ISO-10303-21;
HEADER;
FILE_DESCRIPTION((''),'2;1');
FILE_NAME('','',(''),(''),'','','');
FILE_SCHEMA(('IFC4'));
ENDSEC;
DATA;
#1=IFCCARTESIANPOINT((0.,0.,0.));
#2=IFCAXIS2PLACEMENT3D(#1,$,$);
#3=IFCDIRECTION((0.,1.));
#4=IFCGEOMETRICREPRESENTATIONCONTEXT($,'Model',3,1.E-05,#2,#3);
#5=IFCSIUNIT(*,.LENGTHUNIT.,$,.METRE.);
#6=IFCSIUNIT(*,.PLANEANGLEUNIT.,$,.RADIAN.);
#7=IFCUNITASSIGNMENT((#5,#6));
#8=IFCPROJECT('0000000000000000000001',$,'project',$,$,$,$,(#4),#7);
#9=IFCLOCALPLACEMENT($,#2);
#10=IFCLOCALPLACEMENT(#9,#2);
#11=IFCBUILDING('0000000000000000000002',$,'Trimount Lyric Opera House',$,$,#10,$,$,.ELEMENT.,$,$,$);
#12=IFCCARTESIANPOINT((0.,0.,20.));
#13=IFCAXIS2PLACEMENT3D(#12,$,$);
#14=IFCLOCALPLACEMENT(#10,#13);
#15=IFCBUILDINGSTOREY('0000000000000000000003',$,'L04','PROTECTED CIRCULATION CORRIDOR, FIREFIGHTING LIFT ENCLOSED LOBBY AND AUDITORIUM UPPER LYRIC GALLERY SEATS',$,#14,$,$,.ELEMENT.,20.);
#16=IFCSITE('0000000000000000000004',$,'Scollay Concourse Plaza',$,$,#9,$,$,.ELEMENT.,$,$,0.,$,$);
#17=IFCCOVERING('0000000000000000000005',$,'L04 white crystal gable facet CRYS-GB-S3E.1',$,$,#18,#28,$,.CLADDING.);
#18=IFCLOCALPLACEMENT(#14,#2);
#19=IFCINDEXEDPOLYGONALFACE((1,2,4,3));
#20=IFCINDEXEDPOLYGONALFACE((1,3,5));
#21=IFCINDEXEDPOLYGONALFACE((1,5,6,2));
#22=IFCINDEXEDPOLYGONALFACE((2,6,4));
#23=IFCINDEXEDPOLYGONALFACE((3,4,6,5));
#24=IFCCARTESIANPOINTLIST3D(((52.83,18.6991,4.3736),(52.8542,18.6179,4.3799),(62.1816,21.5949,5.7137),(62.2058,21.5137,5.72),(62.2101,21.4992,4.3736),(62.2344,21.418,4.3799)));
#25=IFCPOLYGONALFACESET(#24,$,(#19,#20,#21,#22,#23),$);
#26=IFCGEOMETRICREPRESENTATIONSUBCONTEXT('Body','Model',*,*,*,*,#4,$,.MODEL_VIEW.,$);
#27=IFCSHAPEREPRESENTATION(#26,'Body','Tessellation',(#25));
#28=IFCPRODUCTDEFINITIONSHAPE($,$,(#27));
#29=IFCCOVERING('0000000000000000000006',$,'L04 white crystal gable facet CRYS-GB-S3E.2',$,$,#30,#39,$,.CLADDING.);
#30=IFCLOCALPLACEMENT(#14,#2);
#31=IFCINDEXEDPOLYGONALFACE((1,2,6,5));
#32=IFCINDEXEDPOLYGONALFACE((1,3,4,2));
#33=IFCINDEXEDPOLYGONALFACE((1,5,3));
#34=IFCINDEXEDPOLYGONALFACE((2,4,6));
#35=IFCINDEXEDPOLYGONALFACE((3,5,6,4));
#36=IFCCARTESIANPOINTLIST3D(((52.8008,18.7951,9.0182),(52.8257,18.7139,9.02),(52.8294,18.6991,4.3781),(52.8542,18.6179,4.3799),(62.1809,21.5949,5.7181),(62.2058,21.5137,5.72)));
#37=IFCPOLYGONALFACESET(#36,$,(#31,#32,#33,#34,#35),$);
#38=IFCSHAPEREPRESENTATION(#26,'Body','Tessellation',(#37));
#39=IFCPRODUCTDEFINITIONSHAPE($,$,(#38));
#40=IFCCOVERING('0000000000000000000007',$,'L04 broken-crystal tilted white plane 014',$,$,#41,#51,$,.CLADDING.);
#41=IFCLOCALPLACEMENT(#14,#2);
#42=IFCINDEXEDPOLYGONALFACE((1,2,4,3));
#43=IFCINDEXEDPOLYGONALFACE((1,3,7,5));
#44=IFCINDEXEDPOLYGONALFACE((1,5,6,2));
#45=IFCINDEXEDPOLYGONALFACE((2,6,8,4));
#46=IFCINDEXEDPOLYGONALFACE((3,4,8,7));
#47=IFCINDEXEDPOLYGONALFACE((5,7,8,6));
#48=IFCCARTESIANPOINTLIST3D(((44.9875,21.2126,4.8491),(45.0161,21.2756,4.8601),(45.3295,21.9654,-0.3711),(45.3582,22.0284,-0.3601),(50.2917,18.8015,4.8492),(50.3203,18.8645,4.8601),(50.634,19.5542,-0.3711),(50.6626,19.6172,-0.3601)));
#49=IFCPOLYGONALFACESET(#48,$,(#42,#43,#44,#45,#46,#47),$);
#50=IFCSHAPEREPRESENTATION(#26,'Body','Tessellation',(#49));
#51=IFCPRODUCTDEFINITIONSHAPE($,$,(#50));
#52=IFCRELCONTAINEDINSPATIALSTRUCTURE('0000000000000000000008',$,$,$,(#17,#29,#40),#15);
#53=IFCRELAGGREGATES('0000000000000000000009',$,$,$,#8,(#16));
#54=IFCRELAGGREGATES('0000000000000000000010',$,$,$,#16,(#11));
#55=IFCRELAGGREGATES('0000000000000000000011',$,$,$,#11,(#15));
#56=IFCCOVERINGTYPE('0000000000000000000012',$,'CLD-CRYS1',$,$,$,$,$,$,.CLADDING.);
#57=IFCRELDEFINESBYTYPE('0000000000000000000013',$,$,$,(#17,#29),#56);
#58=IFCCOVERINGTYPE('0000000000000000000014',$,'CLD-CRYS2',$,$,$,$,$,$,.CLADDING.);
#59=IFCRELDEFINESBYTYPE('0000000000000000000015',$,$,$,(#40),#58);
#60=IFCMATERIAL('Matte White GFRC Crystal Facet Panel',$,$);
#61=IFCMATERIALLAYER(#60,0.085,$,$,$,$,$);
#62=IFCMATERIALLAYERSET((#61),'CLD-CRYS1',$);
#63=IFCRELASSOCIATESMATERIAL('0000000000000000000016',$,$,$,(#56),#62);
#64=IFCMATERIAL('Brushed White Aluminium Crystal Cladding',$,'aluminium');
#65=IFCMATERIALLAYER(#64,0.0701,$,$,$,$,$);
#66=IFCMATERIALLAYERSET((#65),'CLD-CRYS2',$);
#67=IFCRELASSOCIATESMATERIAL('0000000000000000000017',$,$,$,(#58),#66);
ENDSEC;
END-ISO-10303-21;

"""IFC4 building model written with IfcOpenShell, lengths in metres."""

from ifc_helpers import new_model, si_unit, direction, frame, origin, place, context, subcontext, project, spatial, polyline, outline, extrude, material, layer, layer_set, type_object, element, save


model = new_model("IFC4")

# Units and contexts
model_context = context("Model", 3, precision=1e-05, world=origin(), true_north=direction((0.0, 1.0)))
body_context = subcontext(model_context, "Body", "Model", "MODEL_VIEW")
ifc_project = project(units=[si_unit("LENGTHUNIT", "METRE"), si_unit("PLANEANGLEUNIT", "RADIAN")], contexts=[model_context])

# Site, building, storey
site_placement = place(None, origin())
site = spatial("IfcSite", under=ifc_project, at=site_placement, Name="Scollay Concourse Plaza", CompositionType="ELEMENT", RefElevation=0.0)
building_placement = place(site_placement, origin())
building = spatial("IfcBuilding", under=site, at=building_placement, Name="Trimount Lyric Opera House", CompositionType="ELEMENT")
storey_placement = place(building_placement, frame((0.0, 0.0, 20.0)))
storey = spatial("IfcBuildingStorey", under=building, at=storey_placement, Name="L04", Description="PROTECTED CIRCULATION CORRIDOR, FIREFIGHTING LIFT ENCLOSED LOBBY AND AUDITORIUM UPPER LYRIC GALLERY SEATS", CompositionType="ELEMENT", Elevation=20.0)

# Coverings
ifc_material_1 = material(Name="Matte White GFRC Crystal Facet Panel")
ifc_layer_1 = layer(ifc_material_1, 0.085)
ifc_layer_set_1 = layer_set([ifc_layer_1], Name="CLD-CRYS1")
covering_type_1 = type_object("IfcCoveringType", Name="CLD-CRYS1", PredefinedType="CLADDING", material=ifc_layer_set_1)
covering_1_placement = place(storey_placement, frame((52.8542, 18.6179, 4.3799), z_axis=(0.285245, -0.955569, 0.074323), x_axis=(0.958219, 0.286037, 0.0)))
element("IfcCovering", 1, at=covering_1_placement, inside=storey, type_object=covering_type_1, Name="L04 white crystal gable facet CRYS-GB-S3E.1", PredefinedType="CLADDING", context=body_context, shape_type="SweptSolid", body=[
    extrude(outline(polyline([(0.0, 0.0), (9.7891, 0.0), (9.7891, 1.3438), (0.0, 0.0)])), origin(), (0.0, 0.0, -1.0), 0.085),
])
covering_2_placement = place(storey_placement, frame((52.8542, 18.6179, 4.3799), z_axis=(0.292907, -0.955898, 0.021569), x_axis=(0.946425, 0.293064, 0.135624)))
element("IfcCovering", 2, at=covering_2_placement, inside=storey, type_object=covering_type_1, Name="L04 white crystal gable facet CRYS-GB-S3E.2", PredefinedType="CLADDING", context=body_context, shape_type="SweptSolid", body=[
    extrude(outline(polyline([(0.0, 0.0), (9.8809, 0.0), (0.6304, 4.5982), (0.0, 0.0)])), origin(), (0.0, 0.0, -1.0), 0.085),
])
ifc_material_2 = material(Name="Brushed White Aluminium Crystal Cladding", Category="aluminium")
ifc_layer_2 = layer(ifc_material_2, 0.0701)
ifc_layer_set_2 = layer_set([ifc_layer_2], Name="CLD-CRYS2")
covering_type_2 = type_object("IfcCoveringType", Name="CLD-CRYS2", PredefinedType="CLADDING", material=ifc_layer_set_2)
covering_3_placement = place(storey_placement, frame((50.6626, 19.6172, -0.3601), z_axis=(0.408719, 0.899153, 0.156436), x_axis=(-0.910362, 0.413814, 0.000001)))
element("IfcCovering", 3, at=covering_3_placement, inside=storey, type_object=covering_type_2, Name="L04 broken-crystal tilted white plane 014", PredefinedType="CLADDING", context=body_context, shape_type="SweptSolid", body=[
    extrude(outline(polyline([(0.0, 0.0), (5.8267, 0.0), (5.8266, 5.2853), (0.0001, 5.2853), (0.0, 0.0)])), origin(), (0.0, 0.0, -1.0), 0.0701),
])

save(model, "model.ifc")
